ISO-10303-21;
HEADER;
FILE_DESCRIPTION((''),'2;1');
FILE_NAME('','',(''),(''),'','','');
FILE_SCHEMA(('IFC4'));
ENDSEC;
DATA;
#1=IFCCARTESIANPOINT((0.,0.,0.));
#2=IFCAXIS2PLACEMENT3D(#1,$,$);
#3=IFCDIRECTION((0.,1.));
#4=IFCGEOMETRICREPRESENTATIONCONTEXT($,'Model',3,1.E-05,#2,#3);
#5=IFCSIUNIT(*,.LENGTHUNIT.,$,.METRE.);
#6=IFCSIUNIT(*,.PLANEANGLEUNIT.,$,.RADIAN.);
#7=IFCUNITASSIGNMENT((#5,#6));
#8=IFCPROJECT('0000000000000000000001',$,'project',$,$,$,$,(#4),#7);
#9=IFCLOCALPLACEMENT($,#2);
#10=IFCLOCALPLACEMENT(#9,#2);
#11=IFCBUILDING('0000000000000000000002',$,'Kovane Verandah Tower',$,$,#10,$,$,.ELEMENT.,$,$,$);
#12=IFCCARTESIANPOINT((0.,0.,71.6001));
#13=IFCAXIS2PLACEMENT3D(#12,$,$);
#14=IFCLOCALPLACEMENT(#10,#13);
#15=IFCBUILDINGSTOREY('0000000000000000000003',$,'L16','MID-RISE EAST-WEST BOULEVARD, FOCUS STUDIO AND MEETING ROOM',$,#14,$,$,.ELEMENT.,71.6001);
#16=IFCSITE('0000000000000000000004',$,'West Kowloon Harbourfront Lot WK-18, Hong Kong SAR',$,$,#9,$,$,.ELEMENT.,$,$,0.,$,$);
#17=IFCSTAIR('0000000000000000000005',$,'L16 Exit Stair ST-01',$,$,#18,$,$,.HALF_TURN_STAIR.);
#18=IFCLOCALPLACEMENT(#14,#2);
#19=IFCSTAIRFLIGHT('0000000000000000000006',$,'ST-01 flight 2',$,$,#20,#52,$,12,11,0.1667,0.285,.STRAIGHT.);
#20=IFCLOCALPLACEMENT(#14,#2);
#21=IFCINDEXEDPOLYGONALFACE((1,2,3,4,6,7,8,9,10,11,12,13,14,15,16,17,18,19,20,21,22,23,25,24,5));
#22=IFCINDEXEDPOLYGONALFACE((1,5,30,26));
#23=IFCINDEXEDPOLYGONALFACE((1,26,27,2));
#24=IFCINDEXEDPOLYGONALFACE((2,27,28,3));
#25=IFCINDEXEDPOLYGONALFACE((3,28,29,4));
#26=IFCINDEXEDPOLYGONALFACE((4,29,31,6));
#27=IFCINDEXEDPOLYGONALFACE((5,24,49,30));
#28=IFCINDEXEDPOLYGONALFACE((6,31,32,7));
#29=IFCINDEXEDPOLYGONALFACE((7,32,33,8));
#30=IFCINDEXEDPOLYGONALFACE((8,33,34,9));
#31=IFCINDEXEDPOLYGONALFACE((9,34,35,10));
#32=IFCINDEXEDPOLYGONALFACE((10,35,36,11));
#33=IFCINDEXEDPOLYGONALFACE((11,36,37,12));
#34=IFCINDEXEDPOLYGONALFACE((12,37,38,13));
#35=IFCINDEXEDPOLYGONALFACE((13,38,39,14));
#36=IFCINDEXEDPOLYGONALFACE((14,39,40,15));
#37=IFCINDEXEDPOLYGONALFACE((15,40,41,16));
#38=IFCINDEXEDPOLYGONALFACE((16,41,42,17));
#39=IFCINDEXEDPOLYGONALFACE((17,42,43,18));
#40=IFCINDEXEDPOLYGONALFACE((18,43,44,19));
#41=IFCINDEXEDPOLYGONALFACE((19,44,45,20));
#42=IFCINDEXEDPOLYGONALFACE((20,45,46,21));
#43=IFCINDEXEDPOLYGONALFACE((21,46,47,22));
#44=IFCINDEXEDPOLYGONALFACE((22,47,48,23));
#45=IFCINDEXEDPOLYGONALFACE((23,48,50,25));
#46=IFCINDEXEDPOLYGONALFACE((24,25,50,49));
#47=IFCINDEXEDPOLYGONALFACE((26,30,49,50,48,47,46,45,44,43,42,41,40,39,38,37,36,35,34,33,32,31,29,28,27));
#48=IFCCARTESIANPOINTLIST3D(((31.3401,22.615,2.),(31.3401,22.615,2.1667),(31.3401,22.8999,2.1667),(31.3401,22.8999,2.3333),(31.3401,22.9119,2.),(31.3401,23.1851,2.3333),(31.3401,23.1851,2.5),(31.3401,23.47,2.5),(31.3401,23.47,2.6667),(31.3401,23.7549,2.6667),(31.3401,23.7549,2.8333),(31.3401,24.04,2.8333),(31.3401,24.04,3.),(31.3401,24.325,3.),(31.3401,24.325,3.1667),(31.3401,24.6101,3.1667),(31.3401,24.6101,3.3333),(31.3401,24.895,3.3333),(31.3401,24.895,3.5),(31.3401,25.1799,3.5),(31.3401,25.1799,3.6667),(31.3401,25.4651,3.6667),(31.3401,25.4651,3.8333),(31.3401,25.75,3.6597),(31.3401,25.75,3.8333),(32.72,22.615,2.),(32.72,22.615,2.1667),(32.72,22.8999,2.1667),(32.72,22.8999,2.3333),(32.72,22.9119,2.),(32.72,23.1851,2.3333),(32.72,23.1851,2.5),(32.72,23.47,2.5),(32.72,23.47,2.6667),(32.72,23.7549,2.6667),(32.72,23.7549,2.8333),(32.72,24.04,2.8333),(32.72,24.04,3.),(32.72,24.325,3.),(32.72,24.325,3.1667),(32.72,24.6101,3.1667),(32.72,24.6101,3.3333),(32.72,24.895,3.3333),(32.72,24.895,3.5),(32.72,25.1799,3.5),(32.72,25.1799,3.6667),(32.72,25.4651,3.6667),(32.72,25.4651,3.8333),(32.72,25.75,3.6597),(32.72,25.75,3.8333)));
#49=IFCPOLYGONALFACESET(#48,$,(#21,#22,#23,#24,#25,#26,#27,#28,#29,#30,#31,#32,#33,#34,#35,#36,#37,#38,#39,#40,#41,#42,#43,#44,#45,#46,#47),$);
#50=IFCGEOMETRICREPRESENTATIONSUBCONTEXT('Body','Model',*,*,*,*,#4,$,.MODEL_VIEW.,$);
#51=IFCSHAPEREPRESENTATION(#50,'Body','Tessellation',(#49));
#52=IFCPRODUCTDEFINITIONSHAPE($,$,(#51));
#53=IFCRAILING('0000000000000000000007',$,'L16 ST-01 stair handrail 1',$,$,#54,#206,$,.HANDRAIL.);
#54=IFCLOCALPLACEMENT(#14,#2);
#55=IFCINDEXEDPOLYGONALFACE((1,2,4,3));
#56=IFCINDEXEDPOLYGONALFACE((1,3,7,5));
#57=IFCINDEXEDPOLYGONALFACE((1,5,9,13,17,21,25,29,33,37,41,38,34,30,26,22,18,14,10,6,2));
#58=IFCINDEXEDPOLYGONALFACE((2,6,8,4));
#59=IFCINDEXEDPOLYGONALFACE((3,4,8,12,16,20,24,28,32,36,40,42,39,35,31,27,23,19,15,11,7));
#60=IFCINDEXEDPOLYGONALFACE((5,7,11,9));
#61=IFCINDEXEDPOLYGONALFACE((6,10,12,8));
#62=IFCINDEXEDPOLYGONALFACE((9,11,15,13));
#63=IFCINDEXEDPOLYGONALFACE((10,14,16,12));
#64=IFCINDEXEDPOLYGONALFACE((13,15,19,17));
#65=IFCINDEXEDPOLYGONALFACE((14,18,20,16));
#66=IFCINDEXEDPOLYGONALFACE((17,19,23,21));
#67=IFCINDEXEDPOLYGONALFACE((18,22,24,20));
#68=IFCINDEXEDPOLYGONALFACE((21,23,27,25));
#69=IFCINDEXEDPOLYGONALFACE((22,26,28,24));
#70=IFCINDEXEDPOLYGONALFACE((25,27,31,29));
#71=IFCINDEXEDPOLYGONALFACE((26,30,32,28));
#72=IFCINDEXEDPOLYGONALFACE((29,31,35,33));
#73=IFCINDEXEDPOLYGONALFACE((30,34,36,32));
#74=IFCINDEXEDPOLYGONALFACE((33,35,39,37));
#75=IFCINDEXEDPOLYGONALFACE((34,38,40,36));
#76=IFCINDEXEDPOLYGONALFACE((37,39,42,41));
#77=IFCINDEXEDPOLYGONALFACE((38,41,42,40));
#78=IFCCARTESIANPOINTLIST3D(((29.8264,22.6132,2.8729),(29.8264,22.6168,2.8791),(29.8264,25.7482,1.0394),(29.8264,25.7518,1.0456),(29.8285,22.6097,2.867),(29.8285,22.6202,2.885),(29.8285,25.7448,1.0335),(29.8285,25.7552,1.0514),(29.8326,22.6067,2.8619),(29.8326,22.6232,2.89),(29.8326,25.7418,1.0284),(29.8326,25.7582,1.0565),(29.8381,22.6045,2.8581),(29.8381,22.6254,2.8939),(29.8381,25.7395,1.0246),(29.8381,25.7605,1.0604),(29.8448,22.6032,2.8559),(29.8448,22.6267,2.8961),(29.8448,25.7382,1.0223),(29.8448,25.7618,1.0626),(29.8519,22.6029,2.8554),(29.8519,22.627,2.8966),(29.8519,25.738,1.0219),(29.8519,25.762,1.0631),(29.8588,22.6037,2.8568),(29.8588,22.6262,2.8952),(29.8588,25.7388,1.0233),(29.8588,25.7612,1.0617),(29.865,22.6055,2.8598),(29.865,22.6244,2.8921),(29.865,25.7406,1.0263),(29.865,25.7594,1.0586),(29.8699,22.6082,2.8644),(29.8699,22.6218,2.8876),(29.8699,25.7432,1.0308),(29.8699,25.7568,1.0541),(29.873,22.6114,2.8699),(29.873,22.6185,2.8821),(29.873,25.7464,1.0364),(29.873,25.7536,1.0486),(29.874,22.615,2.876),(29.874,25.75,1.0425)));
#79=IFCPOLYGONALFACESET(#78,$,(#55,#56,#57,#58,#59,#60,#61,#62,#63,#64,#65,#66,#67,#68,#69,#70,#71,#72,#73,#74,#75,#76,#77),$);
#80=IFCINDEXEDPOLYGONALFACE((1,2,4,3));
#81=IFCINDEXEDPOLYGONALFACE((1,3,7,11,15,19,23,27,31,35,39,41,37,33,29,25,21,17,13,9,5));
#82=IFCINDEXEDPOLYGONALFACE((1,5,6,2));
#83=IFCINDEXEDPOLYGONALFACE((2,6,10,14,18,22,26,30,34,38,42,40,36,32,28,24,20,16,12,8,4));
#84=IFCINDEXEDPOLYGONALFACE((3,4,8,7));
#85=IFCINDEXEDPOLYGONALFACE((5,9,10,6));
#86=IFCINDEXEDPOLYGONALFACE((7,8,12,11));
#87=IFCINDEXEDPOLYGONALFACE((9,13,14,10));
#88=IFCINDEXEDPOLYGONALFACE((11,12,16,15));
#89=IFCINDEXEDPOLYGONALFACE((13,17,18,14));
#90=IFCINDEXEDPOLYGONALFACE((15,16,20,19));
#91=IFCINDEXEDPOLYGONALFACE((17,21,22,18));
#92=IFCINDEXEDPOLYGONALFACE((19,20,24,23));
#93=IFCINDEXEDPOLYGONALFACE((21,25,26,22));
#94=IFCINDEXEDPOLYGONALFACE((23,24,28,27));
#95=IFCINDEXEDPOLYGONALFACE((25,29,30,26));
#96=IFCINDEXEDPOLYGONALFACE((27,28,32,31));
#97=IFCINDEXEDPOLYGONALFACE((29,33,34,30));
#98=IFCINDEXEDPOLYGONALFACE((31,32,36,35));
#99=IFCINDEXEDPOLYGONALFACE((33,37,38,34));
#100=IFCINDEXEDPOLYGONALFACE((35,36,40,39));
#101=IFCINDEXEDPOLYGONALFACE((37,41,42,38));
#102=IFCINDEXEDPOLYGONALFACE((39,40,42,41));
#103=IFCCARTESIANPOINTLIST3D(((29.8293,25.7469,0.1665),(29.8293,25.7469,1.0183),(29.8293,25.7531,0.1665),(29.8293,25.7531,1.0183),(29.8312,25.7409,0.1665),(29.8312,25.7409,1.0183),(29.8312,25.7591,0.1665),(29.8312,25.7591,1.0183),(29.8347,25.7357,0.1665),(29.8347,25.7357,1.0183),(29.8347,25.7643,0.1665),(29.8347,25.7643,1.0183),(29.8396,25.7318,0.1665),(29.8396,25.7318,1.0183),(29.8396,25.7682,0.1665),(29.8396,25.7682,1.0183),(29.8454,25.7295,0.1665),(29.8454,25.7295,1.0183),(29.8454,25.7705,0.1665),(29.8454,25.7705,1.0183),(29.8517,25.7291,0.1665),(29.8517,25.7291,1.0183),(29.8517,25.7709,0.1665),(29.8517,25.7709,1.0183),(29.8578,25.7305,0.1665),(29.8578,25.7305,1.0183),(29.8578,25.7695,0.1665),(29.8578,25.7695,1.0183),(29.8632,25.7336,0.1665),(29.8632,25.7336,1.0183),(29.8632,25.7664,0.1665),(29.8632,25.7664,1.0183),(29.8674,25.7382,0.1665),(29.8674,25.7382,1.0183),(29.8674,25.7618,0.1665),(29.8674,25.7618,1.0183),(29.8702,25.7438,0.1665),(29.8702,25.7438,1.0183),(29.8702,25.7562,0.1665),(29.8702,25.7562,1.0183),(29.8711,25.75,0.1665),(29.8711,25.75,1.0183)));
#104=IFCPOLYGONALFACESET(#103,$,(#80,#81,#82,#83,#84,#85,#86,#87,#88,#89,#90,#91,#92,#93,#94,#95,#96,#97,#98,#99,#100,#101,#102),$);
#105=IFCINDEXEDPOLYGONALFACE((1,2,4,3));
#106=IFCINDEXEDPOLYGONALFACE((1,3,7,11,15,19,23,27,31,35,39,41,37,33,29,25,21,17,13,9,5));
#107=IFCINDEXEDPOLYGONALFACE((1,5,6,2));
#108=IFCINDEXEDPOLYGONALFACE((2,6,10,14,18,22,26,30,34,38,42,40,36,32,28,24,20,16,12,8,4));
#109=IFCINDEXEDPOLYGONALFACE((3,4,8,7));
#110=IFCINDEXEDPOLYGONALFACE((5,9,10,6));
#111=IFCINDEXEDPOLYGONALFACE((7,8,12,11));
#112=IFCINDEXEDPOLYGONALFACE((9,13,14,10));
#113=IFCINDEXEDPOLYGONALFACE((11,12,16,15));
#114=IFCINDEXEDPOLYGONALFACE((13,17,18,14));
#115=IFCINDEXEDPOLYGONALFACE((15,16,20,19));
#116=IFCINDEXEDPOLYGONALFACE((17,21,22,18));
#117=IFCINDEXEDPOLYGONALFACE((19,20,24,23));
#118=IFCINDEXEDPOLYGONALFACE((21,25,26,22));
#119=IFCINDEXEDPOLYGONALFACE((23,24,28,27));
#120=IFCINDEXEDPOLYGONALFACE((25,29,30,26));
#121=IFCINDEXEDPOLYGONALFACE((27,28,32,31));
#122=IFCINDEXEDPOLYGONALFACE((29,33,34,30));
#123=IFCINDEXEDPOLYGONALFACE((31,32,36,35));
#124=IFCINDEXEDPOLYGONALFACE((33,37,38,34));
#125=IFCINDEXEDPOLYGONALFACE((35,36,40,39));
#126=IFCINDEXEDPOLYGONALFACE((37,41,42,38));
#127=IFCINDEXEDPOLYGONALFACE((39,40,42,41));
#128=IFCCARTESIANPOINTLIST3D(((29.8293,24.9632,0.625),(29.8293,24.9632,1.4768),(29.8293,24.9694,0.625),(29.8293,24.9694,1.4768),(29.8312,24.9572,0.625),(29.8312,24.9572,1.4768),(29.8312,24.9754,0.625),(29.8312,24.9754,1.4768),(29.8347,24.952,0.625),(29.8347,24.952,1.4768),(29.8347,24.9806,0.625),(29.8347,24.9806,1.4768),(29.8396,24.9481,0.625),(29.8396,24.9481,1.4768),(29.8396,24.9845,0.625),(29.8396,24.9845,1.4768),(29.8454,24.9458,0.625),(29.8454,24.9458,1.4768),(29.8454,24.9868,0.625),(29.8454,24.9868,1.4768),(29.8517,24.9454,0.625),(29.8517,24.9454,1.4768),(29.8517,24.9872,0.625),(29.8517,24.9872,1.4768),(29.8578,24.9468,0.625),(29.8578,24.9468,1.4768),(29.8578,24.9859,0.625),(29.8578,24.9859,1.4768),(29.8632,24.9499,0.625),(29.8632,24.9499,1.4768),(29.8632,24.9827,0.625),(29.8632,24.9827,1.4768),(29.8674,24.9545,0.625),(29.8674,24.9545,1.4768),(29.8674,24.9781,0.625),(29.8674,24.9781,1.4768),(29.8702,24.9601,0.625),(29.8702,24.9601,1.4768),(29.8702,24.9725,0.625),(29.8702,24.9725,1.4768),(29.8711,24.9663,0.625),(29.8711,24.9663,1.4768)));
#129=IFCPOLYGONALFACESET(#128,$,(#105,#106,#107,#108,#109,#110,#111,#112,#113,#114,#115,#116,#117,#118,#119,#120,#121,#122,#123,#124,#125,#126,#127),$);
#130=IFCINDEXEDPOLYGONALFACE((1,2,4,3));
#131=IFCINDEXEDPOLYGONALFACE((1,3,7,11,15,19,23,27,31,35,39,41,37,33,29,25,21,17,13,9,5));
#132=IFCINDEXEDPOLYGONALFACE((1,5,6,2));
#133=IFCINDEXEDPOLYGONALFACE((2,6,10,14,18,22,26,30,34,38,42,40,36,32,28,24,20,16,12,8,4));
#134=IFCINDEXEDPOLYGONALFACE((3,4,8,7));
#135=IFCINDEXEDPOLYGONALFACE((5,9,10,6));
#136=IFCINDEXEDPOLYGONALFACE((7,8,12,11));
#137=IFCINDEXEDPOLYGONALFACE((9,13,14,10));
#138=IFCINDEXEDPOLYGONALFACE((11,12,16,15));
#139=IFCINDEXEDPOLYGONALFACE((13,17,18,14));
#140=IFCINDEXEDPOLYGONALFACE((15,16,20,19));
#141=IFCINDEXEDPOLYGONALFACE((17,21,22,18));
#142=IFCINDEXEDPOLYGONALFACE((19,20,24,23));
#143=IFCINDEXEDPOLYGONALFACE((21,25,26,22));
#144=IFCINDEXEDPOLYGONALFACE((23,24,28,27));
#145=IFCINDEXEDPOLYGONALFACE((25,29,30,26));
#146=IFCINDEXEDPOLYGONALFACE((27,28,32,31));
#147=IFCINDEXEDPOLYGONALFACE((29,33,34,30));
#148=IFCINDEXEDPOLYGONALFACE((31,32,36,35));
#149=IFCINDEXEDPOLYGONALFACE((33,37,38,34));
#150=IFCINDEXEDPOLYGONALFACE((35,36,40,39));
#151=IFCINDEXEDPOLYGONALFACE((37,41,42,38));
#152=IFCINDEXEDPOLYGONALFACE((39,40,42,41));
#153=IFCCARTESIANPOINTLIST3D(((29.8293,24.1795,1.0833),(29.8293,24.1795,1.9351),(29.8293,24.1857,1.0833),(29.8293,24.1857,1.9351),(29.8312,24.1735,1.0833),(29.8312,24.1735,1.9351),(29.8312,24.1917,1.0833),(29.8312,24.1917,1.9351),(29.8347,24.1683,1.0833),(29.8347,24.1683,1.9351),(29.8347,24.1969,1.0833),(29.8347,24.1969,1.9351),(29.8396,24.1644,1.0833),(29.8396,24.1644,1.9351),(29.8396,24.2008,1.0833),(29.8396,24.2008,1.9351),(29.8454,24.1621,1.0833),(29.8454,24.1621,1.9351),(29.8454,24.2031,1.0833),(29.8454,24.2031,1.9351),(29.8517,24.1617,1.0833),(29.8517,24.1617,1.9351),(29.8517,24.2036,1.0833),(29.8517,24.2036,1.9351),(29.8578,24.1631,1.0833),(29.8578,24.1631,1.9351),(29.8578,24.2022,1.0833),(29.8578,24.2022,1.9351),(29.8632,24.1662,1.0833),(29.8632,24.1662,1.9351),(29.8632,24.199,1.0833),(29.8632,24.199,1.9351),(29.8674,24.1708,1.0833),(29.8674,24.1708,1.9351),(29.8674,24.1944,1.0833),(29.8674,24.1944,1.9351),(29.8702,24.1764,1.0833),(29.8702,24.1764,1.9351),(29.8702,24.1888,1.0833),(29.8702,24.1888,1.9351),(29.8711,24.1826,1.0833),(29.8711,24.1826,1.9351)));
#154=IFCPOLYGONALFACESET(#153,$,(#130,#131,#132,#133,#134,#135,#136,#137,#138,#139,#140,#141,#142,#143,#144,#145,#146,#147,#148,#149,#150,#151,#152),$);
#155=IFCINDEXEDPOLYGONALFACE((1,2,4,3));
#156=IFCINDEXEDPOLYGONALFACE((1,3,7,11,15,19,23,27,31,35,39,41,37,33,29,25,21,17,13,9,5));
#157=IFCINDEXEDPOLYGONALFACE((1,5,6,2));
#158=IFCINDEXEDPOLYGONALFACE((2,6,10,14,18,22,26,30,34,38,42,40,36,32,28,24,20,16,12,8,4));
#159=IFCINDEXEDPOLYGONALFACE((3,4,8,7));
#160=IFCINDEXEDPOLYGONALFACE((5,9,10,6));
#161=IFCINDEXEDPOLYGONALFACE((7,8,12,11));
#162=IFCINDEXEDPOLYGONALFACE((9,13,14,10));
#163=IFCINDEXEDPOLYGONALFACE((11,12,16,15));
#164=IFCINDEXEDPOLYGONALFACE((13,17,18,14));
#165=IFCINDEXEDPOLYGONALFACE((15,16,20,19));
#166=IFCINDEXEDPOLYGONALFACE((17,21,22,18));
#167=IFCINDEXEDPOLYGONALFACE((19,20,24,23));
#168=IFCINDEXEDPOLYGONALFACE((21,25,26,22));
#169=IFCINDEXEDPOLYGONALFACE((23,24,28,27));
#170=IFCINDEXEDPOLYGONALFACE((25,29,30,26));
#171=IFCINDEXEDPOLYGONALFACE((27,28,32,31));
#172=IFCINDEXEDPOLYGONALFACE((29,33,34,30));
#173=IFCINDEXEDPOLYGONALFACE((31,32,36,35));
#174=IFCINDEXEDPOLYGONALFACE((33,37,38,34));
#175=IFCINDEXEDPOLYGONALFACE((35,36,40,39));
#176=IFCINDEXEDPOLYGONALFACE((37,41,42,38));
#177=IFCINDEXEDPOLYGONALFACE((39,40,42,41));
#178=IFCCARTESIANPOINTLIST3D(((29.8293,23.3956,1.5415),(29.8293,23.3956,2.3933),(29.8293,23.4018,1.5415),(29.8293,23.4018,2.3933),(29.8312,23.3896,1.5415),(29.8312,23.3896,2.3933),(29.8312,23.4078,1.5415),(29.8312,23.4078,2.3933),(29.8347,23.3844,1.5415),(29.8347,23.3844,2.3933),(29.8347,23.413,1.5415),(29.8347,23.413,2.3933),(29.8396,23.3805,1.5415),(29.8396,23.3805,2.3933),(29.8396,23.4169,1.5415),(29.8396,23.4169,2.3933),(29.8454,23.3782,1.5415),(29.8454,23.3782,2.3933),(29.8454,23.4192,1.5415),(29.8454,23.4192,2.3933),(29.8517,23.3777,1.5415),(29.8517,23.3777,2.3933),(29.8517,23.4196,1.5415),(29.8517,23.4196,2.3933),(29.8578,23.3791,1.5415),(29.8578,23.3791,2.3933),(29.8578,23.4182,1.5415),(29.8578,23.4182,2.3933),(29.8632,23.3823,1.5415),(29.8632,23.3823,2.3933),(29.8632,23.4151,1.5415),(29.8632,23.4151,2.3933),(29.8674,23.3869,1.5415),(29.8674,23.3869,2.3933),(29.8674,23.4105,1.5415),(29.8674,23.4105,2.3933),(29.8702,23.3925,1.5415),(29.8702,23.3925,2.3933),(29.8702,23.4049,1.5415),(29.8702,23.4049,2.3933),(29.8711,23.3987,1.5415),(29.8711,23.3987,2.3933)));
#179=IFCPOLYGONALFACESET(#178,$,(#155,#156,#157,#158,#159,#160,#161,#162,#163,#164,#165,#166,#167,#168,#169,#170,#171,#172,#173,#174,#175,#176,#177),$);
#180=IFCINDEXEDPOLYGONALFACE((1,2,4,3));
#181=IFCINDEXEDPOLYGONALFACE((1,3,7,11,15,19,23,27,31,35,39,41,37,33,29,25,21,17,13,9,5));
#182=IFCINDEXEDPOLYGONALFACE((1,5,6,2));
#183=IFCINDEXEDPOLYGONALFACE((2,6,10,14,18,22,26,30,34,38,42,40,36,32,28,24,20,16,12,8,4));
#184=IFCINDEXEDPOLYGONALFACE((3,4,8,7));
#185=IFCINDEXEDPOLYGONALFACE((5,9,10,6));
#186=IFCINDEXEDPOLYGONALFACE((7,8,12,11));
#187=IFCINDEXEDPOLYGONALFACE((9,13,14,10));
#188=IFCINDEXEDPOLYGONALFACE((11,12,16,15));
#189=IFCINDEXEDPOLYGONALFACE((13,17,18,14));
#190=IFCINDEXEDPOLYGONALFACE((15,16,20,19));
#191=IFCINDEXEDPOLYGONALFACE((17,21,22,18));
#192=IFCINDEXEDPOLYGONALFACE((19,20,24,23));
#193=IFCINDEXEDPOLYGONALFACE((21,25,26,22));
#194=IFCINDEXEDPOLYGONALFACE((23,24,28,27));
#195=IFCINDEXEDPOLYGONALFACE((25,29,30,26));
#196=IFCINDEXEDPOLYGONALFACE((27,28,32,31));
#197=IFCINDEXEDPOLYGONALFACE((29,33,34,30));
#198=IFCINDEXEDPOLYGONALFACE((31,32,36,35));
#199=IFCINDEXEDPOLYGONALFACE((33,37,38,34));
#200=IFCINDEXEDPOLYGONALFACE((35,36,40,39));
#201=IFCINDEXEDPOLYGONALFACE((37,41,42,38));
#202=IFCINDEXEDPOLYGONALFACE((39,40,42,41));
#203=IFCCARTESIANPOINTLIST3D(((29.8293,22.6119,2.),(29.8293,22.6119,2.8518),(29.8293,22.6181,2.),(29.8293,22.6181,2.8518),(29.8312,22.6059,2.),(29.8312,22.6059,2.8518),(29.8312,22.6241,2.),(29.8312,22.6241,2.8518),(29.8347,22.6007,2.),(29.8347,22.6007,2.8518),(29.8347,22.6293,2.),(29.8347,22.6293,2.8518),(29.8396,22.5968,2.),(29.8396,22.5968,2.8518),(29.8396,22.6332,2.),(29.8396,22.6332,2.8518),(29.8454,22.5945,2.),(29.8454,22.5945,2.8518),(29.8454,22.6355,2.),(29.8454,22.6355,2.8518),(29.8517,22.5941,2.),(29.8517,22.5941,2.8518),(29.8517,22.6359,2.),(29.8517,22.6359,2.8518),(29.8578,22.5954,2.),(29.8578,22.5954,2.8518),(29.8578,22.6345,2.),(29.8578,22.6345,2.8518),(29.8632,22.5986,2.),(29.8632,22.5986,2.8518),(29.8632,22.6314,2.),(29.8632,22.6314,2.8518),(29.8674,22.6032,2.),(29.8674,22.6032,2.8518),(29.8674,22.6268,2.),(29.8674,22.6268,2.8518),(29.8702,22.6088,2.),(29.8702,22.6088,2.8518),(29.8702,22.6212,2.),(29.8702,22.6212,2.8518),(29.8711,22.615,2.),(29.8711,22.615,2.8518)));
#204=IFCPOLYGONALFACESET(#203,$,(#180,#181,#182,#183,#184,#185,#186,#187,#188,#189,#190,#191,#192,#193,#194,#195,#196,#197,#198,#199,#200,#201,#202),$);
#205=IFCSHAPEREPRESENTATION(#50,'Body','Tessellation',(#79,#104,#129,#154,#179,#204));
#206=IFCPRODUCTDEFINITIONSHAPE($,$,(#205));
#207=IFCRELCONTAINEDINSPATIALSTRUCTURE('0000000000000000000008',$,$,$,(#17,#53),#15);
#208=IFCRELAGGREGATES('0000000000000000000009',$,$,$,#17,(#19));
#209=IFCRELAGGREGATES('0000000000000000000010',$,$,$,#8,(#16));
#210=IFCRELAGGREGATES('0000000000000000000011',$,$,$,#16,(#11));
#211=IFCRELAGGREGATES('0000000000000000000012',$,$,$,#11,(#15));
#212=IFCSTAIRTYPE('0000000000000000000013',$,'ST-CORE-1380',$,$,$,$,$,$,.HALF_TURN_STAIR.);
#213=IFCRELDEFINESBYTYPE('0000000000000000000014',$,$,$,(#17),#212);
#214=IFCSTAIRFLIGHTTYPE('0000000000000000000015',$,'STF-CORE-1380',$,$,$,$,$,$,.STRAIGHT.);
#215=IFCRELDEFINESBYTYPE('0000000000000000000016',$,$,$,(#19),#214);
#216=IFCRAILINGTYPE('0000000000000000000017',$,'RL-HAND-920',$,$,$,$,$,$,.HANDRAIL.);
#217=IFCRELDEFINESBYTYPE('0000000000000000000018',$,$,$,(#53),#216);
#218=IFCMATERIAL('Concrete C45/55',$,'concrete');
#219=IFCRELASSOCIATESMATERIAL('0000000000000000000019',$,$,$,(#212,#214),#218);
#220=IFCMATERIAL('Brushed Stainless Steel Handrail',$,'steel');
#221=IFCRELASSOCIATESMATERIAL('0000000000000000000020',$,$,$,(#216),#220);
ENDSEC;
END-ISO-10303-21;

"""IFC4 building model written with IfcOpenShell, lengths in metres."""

from ifc_helpers import new_model, si_unit, direction, frame, origin, origin_2d, place, context, subcontext, project, spatial, polyline, circle, outline, extrude, material, type_object, element, aggregate, save


model = new_model("IFC4")

# Units and contexts
model_context = context("Model", 3, precision=1e-05, world=origin(), true_north=direction((0.0, 1.0)))
body_context = subcontext(model_context, "Body", "Model", "MODEL_VIEW")
ifc_project = project(units=[si_unit("LENGTHUNIT", "METRE"), si_unit("PLANEANGLEUNIT", "RADIAN")], contexts=[model_context])

# Site, building, storey
site_placement = place(None, origin())
site = spatial("IfcSite", under=ifc_project, at=site_placement, Name="West Kowloon Harbourfront Lot WK-18, Hong Kong SAR", CompositionType="ELEMENT", RefElevation=0.0)
building_placement = place(site_placement, origin())
building = spatial("IfcBuilding", under=site, at=building_placement, Name="Kovane Verandah Tower", CompositionType="ELEMENT")
storey_placement = place(building_placement, frame((0.0, 0.0, 71.6001)))
storey = spatial("IfcBuildingStorey", under=building, at=storey_placement, Name="L16", Description="MID-RISE EAST-WEST BOULEVARD, FOCUS STUDIO AND MEETING ROOM", CompositionType="ELEMENT", Elevation=71.6001)

# Shared definitions
ifc_material_1 = material(Name="Concrete C45/55", Category="concrete")

# Stair, stair flight
stair_type = type_object("IfcStairType", Name="ST-CORE-1380", PredefinedType="HALF_TURN_STAIR", material=ifc_material_1)
stair_placement = place(storey_placement, origin())
stair = element("IfcStair", 1, at=stair_placement, inside=storey, type_object=stair_type, Name="L16 Exit Stair ST-01", PredefinedType="HALF_TURN_STAIR")
stair_flight_type = type_object("IfcStairFlightType", Name="STF-CORE-1380", PredefinedType="STRAIGHT", material=ifc_material_1)
stair_flight_1_placement = place(storey_placement, frame((32.03, 22.615, 2.0), z_axis=(0.0, 0.0, 1.0), x_axis=(0.0, 1.0, 0.0)))
stair_flight_1 = element("IfcStairFlight", 2, at=stair_flight_1_placement, type_object=stair_flight_type, Name="ST-01 flight 2", NumberOfRisers=12, NumberOfTreads=11, PredefinedType="STRAIGHT", RiserHeight=0.1667, TreadLength=0.285, context=body_context, shape_type="SweptSolid", body=[
    extrude(outline(polyline([(0.0, 0.0), (0.0, 0.1667), (0.2849, 0.1667), (0.2849, 0.3333), (0.5701, 0.3333), (0.5701, 0.5), (0.855, 0.5), (0.855, 0.6667), (1.1399, 0.6667), (1.1399, 0.8333), (1.425, 0.8333), (1.425, 1.0), (1.71, 1.0), (1.71, 1.1667), (1.9951, 1.1667), (1.9951, 1.3333), (2.28, 1.3333), (2.28, 1.5), (2.5649, 1.5), (2.5649, 1.6667), (2.8501, 1.6667), (2.8501, 1.8333), (3.135, 1.8333), (3.135, 2.0), (3.135, 1.6597), (0.2969, 0.0), (0.0, 0.0)])), frame((0.0, 0.6899, 0.0), z_axis=(0.0, -1.0, 0.0), x_axis=(1.0, 0.0, 0.0)), (0.0, 0.0, 1.0), 1.3799),
])
aggregate(stair, [stair_flight_1])

# Railing
ifc_material_2 = material(Name="Brushed Stainless Steel Handrail", Category="steel")
railing_type_1 = type_object("IfcRailingType", Name="RL-HAND-920", PredefinedType="HANDRAIL", material=ifc_material_2)
railing_1_placement = place(storey_placement, frame((29.8501, 25.75, 0.1665)))
element("IfcRailing", 3, at=railing_1_placement, inside=storey, type_object=railing_type_1, Name="L16 ST-01 stair handrail 1", PredefinedType="HANDRAIL", context=body_context, shape_type="SweptSolid", body=[
    extrude(circle(Radius=0.0239, at=origin_2d()), frame((0.0, 0.0, 0.876), z_axis=(0.0, -0.86321, 0.504845), x_axis=(1.0, 0.0, 0.0)), (0.0, 0.0, 1.0), 3.6318),
    extrude(circle(Radius=0.021, at=origin_2d()), origin(), (0.0, 0.0, 1.0), 0.8518),
    extrude(circle(Radius=0.021, at=origin_2d()), frame((0.0, -0.7837, 0.4585)), (0.0, 0.0, 1.0), 0.8518),
    extrude(circle(Radius=0.021, at=origin_2d()), frame((0.0, -1.5674, 0.9167)), (0.0, 0.0, 1.0), 0.8518),
    extrude(circle(Radius=0.021, at=origin_2d()), frame((0.0, -2.3513, 1.375)), (0.0, 0.0, 1.0), 0.8518),
    extrude(circle(Radius=0.021, at=origin_2d()), frame((0.0, -3.135, 1.8335)), (0.0, 0.0, 1.0), 0.8518),
])

save(model, "model.ifc")
